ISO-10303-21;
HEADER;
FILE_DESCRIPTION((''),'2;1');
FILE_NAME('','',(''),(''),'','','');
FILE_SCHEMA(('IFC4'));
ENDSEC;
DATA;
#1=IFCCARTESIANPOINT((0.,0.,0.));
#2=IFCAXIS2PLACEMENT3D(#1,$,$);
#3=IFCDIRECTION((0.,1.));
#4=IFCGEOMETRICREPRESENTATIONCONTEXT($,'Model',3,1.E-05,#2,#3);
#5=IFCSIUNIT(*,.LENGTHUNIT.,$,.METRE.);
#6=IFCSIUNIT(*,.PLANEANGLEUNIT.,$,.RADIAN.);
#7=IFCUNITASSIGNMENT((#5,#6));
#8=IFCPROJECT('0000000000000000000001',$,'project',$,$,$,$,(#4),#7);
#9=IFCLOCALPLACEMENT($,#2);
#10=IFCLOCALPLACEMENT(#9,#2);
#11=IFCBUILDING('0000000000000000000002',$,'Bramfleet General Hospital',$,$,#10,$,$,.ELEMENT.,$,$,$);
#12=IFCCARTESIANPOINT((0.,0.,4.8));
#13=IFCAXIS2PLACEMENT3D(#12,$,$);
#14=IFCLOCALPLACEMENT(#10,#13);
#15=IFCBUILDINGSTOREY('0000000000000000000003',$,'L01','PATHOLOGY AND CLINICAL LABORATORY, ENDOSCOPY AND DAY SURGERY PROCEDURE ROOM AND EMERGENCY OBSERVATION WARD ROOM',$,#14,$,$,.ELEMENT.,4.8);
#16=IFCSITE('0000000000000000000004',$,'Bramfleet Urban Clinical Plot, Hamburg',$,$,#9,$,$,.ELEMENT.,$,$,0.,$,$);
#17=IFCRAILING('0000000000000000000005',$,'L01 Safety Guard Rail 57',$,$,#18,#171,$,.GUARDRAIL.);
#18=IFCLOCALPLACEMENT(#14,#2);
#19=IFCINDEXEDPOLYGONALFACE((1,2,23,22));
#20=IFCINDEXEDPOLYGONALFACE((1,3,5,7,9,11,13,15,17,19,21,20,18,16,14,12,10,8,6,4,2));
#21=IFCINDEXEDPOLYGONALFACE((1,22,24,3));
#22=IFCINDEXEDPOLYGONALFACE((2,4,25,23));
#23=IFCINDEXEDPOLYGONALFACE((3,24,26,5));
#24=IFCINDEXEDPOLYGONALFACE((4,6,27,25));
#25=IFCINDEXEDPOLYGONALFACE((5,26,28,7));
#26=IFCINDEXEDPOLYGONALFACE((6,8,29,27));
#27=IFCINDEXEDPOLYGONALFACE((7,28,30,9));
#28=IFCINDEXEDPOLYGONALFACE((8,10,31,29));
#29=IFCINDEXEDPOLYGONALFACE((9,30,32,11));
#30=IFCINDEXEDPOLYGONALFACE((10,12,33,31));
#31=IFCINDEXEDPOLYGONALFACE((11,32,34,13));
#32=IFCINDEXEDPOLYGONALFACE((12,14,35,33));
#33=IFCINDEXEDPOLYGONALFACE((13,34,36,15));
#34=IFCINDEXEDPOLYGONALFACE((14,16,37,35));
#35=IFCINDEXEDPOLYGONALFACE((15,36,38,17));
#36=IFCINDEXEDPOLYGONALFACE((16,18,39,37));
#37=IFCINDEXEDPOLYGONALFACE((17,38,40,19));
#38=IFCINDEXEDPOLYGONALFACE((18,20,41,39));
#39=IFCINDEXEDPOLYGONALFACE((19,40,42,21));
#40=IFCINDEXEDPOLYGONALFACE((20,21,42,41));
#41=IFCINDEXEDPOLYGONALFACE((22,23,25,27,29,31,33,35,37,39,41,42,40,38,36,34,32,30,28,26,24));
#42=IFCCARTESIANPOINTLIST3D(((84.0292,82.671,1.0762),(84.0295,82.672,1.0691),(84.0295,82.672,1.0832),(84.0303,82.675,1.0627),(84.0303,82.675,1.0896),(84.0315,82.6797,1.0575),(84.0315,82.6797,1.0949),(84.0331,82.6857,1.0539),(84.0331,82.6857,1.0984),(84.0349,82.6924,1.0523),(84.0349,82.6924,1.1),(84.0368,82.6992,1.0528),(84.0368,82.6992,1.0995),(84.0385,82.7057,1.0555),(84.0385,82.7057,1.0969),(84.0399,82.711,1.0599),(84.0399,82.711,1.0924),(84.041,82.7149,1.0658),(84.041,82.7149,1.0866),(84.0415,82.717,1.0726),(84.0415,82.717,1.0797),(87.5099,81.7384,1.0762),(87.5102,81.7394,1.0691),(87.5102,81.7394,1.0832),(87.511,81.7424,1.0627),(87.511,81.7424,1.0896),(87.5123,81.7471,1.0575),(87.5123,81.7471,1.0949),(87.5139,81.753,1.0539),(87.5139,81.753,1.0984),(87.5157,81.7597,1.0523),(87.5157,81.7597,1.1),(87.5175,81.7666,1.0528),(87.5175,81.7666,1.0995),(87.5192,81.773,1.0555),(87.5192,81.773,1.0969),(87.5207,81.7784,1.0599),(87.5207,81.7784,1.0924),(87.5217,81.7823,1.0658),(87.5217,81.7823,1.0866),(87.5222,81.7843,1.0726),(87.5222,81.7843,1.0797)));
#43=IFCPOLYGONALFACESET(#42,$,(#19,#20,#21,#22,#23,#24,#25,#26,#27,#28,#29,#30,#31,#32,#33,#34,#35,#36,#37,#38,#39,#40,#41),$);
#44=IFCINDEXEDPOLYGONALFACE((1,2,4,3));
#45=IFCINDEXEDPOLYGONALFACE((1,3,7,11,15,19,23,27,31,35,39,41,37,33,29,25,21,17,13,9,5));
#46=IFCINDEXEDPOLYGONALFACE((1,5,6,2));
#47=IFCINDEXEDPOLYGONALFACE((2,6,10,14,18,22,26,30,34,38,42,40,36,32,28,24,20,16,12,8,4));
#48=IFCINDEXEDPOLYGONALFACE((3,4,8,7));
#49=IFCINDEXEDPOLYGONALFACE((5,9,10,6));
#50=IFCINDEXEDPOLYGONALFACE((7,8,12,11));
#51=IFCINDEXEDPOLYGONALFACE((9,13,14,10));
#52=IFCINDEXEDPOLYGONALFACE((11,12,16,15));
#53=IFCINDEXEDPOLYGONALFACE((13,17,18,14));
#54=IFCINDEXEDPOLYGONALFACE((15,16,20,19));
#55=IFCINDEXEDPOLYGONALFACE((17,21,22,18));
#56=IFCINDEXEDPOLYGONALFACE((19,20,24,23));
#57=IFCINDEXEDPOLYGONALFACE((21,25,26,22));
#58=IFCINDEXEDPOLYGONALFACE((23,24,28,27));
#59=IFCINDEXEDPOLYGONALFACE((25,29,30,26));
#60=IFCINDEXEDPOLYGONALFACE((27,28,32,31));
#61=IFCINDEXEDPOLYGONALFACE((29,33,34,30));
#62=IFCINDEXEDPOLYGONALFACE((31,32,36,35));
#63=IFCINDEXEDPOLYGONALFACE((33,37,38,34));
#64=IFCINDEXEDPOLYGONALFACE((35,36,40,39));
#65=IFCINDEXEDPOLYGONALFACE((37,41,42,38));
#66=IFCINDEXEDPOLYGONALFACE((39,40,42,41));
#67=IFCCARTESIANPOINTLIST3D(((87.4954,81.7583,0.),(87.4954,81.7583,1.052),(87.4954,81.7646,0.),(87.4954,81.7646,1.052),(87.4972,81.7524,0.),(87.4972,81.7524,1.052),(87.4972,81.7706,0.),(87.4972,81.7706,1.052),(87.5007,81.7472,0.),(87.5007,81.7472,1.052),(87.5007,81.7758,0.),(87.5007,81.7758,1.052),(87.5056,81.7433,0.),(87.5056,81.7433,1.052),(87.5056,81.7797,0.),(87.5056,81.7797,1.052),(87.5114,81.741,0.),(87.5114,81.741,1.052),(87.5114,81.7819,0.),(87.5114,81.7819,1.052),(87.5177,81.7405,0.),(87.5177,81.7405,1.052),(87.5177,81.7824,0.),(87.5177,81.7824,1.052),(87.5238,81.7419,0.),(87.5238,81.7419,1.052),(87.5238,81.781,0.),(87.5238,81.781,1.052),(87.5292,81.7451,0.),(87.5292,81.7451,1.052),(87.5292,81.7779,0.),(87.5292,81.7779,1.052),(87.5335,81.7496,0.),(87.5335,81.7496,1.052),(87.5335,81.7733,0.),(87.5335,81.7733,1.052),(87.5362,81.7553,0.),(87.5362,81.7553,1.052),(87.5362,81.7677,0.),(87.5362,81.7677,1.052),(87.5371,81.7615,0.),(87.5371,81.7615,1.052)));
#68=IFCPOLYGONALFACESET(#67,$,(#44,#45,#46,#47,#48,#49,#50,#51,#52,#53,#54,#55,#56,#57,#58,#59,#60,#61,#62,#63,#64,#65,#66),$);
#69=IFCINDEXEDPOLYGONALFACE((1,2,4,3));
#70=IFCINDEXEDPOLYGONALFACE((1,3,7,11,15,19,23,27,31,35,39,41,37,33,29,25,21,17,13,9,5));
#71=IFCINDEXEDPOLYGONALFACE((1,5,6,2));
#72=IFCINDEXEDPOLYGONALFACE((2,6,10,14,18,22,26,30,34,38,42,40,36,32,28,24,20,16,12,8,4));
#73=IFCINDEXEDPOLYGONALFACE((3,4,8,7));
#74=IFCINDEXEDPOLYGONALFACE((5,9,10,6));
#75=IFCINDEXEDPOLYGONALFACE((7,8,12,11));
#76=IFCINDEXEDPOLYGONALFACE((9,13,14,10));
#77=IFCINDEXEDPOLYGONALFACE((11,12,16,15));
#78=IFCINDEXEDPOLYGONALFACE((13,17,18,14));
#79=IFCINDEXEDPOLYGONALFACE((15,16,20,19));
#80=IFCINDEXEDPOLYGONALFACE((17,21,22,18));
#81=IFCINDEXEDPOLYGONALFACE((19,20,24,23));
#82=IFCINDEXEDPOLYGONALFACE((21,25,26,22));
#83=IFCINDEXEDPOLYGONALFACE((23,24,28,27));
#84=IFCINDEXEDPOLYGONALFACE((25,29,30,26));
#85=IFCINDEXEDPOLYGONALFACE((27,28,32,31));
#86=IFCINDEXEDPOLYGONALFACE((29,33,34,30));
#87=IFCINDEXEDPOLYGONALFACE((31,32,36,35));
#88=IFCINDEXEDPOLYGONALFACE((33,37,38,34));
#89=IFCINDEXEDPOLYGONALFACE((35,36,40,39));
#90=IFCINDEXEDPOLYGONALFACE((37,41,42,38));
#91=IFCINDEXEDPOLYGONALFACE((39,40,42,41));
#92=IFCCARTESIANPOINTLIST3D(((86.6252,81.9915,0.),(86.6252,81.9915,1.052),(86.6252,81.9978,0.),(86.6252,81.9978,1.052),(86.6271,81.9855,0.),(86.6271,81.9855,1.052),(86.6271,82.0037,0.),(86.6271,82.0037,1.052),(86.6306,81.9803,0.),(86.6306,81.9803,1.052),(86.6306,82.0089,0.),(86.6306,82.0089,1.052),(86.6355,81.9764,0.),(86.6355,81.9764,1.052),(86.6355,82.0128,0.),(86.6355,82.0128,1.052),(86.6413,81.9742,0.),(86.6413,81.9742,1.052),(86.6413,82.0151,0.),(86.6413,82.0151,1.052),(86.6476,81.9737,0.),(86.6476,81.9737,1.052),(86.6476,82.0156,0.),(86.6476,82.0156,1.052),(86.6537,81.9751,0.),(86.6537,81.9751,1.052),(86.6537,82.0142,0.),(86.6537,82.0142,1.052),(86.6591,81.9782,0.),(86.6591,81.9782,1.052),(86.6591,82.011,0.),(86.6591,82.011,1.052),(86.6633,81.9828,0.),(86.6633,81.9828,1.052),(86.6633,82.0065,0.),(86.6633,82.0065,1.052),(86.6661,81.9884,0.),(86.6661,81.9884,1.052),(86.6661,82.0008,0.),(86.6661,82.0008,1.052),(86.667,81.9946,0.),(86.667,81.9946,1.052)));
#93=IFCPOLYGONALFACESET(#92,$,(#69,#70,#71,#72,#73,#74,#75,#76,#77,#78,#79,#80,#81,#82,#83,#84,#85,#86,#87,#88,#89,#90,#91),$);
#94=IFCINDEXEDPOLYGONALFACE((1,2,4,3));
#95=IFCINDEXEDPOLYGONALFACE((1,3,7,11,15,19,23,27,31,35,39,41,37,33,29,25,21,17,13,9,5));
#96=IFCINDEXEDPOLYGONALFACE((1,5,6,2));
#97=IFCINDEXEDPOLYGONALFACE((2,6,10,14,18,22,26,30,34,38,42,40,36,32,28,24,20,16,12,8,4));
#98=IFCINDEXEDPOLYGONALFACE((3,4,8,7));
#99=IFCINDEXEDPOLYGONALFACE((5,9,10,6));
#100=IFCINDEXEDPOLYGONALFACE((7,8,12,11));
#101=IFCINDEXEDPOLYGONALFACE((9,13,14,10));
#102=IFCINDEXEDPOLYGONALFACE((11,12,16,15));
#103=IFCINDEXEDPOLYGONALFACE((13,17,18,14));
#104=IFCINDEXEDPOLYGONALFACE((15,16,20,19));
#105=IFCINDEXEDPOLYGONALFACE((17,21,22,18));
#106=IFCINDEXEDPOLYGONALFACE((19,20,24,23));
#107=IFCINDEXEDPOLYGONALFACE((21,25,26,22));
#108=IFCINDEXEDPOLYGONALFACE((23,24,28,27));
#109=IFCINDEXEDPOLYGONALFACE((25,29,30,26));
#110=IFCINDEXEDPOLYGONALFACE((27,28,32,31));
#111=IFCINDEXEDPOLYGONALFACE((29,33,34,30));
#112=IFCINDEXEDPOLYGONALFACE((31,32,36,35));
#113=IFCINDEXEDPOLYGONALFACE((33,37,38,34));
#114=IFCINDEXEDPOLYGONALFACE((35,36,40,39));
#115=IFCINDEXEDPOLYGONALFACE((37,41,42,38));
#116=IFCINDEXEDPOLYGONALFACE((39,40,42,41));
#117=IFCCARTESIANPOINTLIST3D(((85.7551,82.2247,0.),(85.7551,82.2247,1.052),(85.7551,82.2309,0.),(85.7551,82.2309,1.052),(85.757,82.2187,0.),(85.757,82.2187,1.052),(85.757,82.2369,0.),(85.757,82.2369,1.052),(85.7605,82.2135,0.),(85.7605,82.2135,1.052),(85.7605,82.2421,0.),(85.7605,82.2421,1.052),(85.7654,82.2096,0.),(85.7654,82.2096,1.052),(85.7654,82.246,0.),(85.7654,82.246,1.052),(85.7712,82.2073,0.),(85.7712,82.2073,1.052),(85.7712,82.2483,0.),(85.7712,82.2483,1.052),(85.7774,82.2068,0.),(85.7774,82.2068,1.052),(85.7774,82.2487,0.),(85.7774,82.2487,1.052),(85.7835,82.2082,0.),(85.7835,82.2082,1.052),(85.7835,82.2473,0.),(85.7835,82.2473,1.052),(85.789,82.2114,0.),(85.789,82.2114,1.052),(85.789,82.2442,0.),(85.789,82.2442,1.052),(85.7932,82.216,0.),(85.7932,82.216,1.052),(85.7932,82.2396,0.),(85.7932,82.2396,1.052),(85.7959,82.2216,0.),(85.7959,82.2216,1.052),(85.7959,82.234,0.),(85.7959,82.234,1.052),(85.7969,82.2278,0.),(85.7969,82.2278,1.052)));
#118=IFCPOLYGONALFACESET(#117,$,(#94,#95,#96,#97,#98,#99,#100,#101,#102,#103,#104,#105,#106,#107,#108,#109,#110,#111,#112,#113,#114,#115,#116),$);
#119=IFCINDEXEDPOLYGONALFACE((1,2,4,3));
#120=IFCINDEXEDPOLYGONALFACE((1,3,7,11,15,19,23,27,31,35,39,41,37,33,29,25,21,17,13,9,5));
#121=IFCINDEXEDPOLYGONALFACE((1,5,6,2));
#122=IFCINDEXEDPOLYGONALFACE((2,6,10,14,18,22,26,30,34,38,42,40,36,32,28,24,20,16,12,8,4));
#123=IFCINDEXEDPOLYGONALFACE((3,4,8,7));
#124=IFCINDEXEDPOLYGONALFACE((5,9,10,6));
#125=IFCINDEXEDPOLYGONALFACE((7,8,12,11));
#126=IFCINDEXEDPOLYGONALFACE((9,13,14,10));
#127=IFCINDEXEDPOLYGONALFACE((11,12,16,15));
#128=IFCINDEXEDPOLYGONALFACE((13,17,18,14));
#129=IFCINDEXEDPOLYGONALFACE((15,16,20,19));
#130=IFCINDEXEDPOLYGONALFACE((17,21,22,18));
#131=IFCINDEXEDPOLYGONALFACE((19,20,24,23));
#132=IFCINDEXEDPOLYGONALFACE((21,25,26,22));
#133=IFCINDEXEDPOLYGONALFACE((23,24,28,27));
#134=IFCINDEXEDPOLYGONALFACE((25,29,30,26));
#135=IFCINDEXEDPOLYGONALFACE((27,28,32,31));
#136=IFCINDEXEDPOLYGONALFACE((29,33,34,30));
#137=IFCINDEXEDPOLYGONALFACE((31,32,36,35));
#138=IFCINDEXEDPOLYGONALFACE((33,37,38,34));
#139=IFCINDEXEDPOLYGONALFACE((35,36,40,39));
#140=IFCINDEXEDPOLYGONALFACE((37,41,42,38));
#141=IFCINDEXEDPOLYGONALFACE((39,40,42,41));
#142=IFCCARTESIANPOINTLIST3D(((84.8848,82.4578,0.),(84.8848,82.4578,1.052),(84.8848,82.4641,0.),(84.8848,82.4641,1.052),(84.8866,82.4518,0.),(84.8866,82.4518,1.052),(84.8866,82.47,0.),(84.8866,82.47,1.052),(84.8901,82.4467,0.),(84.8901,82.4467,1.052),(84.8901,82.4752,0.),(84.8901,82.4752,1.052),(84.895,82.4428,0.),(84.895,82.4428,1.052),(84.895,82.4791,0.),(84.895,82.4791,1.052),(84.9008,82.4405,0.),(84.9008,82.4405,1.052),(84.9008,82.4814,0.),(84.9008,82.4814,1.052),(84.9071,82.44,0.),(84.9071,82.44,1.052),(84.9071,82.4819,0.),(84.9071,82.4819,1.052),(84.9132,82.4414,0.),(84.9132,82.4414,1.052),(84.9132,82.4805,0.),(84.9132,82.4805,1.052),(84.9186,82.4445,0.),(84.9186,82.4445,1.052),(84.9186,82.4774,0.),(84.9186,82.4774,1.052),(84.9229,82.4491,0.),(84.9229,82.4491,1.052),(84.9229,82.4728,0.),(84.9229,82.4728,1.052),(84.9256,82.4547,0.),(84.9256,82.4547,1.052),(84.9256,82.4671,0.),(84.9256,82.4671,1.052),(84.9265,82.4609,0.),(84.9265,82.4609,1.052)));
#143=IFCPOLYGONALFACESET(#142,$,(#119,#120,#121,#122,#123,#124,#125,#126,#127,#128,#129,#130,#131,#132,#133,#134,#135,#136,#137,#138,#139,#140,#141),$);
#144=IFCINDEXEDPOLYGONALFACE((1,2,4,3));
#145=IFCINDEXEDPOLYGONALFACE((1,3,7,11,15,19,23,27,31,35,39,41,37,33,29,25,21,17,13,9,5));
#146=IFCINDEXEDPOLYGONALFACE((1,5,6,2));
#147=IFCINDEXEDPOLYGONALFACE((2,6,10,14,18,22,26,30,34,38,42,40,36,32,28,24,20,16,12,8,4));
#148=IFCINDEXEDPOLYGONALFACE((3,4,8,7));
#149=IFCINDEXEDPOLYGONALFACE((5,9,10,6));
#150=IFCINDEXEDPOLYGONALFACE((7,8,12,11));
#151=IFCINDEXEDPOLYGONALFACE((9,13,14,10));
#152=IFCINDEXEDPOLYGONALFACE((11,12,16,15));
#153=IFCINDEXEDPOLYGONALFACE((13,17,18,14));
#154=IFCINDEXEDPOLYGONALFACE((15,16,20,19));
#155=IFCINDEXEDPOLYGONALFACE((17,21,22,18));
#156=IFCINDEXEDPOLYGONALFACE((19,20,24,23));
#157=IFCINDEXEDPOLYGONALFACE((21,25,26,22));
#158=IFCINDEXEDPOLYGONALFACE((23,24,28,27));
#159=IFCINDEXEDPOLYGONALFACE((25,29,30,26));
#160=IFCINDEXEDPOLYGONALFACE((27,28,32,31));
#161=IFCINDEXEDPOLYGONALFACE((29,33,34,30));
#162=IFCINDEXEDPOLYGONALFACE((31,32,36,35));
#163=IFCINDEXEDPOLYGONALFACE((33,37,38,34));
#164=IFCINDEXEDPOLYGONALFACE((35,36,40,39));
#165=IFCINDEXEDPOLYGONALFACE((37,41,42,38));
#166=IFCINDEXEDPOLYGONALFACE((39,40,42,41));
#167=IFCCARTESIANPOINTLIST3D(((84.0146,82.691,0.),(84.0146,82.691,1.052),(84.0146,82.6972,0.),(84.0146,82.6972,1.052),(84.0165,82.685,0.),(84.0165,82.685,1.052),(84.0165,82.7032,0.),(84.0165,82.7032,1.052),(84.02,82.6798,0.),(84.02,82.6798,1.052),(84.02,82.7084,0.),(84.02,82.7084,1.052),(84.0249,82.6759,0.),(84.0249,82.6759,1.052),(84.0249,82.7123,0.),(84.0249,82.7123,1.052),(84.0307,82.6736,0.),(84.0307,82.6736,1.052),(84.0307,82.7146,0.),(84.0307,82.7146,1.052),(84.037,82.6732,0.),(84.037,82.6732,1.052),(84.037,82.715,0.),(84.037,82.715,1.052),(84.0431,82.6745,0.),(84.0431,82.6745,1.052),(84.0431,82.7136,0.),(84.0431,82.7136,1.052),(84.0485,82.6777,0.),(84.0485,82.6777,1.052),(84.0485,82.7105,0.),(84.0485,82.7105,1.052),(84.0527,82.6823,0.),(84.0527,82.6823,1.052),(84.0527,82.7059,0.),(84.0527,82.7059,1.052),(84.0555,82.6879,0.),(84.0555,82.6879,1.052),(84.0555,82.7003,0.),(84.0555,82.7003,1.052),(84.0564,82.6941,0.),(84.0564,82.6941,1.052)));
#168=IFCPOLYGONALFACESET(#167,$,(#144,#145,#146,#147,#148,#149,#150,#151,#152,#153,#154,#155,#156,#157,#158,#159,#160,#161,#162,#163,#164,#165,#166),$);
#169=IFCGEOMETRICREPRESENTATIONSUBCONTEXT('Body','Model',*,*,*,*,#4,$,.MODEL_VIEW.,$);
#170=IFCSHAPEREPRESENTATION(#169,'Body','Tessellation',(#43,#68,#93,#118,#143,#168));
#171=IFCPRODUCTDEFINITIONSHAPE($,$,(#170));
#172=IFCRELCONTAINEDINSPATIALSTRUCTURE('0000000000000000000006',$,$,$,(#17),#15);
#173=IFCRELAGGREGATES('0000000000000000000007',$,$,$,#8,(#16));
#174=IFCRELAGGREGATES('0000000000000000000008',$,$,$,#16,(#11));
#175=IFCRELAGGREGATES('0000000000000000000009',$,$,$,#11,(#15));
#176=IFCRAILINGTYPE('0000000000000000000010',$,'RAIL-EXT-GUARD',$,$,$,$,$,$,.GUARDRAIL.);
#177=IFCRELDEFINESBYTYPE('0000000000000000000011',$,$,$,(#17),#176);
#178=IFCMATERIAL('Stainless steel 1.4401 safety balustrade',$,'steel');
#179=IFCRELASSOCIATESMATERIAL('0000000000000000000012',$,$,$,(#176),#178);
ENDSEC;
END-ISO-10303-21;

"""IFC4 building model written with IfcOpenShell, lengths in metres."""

from ifc_helpers import new_model, si_unit, direction, frame, origin, origin_2d, place, context, subcontext, project, spatial, circle, extrude, material, type_object, element, save


model = new_model("IFC4")

# Units and contexts
model_context = context("Model", 3, precision=1e-05, world=origin(), true_north=direction((0.0, 1.0)))
body_context = subcontext(model_context, "Body", "Model", "MODEL_VIEW")
ifc_project = project(units=[si_unit("LENGTHUNIT", "METRE"), si_unit("PLANEANGLEUNIT", "RADIAN")], contexts=[model_context])

# Site, building, storey
site_placement = place(None, origin())
site = spatial("IfcSite", under=ifc_project, at=site_placement, Name="Bramfleet Urban Clinical Plot, Hamburg", CompositionType="ELEMENT", RefElevation=0.0)
building_placement = place(site_placement, origin())
building = spatial("IfcBuilding", under=site, at=building_placement, Name="Bramfleet General Hospital", CompositionType="ELEMENT")
storey_placement = place(building_placement, frame((0.0, 0.0, 4.8)))
storey = spatial("IfcBuildingStorey", under=building, at=storey_placement, Name="L01", Description="PATHOLOGY AND CLINICAL LABORATORY, ENDOSCOPY AND DAY SURGERY PROCEDURE ROOM AND EMERGENCY OBSERVATION WARD ROOM", CompositionType="ELEMENT", Elevation=4.8)

# Railing
ifc_material_1 = material(Name="Stainless steel 1.4401 safety balustrade", Category="steel")
railing_type = type_object("IfcRailingType", Name="RAIL-EXT-GUARD", PredefinedType="GUARDRAIL", material=ifc_material_1)
railing_placement = place(storey_placement, frame((87.5161, 81.7615, 0.0)))
element("IfcRailing", 1, at=railing_placement, inside=storey, type_object=railing_type, Name="L01 Safety Guard Rail 57", PredefinedType="GUARDRAIL", context=body_context, shape_type="SweptSolid", body=[
    extrude(circle(Radius=0.0239, at=origin_2d()), frame((0.0, 0.0, 1.0762), z_axis=(-0.965928, 0.258809, 0.0), x_axis=(-0.258809, -0.965928, 0.0)), (0.0, 0.0, 1.0), 3.6035),
    extrude(circle(Radius=0.021, at=origin_2d()), origin(), (0.0, 0.0, 1.0), 1.052),
    extrude(circle(Radius=0.021, at=origin_2d()), frame((-0.8701, 0.2332, 0.0)), (0.0, 0.0, 1.0), 1.052),
    extrude(circle(Radius=0.021, at=origin_2d()), frame((-1.7402, 0.4663, 0.0)), (0.0, 0.0, 1.0), 1.052),
    extrude(circle(Radius=0.021, at=origin_2d()), frame((-2.6106, 0.6995, 0.0)), (0.0, 0.0, 1.0), 1.052),
    extrude(circle(Radius=0.021, at=origin_2d()), frame((-3.4807, 0.9326, 0.0)), (0.0, 0.0, 1.0), 1.052),
])

save(model, "model.ifc")
